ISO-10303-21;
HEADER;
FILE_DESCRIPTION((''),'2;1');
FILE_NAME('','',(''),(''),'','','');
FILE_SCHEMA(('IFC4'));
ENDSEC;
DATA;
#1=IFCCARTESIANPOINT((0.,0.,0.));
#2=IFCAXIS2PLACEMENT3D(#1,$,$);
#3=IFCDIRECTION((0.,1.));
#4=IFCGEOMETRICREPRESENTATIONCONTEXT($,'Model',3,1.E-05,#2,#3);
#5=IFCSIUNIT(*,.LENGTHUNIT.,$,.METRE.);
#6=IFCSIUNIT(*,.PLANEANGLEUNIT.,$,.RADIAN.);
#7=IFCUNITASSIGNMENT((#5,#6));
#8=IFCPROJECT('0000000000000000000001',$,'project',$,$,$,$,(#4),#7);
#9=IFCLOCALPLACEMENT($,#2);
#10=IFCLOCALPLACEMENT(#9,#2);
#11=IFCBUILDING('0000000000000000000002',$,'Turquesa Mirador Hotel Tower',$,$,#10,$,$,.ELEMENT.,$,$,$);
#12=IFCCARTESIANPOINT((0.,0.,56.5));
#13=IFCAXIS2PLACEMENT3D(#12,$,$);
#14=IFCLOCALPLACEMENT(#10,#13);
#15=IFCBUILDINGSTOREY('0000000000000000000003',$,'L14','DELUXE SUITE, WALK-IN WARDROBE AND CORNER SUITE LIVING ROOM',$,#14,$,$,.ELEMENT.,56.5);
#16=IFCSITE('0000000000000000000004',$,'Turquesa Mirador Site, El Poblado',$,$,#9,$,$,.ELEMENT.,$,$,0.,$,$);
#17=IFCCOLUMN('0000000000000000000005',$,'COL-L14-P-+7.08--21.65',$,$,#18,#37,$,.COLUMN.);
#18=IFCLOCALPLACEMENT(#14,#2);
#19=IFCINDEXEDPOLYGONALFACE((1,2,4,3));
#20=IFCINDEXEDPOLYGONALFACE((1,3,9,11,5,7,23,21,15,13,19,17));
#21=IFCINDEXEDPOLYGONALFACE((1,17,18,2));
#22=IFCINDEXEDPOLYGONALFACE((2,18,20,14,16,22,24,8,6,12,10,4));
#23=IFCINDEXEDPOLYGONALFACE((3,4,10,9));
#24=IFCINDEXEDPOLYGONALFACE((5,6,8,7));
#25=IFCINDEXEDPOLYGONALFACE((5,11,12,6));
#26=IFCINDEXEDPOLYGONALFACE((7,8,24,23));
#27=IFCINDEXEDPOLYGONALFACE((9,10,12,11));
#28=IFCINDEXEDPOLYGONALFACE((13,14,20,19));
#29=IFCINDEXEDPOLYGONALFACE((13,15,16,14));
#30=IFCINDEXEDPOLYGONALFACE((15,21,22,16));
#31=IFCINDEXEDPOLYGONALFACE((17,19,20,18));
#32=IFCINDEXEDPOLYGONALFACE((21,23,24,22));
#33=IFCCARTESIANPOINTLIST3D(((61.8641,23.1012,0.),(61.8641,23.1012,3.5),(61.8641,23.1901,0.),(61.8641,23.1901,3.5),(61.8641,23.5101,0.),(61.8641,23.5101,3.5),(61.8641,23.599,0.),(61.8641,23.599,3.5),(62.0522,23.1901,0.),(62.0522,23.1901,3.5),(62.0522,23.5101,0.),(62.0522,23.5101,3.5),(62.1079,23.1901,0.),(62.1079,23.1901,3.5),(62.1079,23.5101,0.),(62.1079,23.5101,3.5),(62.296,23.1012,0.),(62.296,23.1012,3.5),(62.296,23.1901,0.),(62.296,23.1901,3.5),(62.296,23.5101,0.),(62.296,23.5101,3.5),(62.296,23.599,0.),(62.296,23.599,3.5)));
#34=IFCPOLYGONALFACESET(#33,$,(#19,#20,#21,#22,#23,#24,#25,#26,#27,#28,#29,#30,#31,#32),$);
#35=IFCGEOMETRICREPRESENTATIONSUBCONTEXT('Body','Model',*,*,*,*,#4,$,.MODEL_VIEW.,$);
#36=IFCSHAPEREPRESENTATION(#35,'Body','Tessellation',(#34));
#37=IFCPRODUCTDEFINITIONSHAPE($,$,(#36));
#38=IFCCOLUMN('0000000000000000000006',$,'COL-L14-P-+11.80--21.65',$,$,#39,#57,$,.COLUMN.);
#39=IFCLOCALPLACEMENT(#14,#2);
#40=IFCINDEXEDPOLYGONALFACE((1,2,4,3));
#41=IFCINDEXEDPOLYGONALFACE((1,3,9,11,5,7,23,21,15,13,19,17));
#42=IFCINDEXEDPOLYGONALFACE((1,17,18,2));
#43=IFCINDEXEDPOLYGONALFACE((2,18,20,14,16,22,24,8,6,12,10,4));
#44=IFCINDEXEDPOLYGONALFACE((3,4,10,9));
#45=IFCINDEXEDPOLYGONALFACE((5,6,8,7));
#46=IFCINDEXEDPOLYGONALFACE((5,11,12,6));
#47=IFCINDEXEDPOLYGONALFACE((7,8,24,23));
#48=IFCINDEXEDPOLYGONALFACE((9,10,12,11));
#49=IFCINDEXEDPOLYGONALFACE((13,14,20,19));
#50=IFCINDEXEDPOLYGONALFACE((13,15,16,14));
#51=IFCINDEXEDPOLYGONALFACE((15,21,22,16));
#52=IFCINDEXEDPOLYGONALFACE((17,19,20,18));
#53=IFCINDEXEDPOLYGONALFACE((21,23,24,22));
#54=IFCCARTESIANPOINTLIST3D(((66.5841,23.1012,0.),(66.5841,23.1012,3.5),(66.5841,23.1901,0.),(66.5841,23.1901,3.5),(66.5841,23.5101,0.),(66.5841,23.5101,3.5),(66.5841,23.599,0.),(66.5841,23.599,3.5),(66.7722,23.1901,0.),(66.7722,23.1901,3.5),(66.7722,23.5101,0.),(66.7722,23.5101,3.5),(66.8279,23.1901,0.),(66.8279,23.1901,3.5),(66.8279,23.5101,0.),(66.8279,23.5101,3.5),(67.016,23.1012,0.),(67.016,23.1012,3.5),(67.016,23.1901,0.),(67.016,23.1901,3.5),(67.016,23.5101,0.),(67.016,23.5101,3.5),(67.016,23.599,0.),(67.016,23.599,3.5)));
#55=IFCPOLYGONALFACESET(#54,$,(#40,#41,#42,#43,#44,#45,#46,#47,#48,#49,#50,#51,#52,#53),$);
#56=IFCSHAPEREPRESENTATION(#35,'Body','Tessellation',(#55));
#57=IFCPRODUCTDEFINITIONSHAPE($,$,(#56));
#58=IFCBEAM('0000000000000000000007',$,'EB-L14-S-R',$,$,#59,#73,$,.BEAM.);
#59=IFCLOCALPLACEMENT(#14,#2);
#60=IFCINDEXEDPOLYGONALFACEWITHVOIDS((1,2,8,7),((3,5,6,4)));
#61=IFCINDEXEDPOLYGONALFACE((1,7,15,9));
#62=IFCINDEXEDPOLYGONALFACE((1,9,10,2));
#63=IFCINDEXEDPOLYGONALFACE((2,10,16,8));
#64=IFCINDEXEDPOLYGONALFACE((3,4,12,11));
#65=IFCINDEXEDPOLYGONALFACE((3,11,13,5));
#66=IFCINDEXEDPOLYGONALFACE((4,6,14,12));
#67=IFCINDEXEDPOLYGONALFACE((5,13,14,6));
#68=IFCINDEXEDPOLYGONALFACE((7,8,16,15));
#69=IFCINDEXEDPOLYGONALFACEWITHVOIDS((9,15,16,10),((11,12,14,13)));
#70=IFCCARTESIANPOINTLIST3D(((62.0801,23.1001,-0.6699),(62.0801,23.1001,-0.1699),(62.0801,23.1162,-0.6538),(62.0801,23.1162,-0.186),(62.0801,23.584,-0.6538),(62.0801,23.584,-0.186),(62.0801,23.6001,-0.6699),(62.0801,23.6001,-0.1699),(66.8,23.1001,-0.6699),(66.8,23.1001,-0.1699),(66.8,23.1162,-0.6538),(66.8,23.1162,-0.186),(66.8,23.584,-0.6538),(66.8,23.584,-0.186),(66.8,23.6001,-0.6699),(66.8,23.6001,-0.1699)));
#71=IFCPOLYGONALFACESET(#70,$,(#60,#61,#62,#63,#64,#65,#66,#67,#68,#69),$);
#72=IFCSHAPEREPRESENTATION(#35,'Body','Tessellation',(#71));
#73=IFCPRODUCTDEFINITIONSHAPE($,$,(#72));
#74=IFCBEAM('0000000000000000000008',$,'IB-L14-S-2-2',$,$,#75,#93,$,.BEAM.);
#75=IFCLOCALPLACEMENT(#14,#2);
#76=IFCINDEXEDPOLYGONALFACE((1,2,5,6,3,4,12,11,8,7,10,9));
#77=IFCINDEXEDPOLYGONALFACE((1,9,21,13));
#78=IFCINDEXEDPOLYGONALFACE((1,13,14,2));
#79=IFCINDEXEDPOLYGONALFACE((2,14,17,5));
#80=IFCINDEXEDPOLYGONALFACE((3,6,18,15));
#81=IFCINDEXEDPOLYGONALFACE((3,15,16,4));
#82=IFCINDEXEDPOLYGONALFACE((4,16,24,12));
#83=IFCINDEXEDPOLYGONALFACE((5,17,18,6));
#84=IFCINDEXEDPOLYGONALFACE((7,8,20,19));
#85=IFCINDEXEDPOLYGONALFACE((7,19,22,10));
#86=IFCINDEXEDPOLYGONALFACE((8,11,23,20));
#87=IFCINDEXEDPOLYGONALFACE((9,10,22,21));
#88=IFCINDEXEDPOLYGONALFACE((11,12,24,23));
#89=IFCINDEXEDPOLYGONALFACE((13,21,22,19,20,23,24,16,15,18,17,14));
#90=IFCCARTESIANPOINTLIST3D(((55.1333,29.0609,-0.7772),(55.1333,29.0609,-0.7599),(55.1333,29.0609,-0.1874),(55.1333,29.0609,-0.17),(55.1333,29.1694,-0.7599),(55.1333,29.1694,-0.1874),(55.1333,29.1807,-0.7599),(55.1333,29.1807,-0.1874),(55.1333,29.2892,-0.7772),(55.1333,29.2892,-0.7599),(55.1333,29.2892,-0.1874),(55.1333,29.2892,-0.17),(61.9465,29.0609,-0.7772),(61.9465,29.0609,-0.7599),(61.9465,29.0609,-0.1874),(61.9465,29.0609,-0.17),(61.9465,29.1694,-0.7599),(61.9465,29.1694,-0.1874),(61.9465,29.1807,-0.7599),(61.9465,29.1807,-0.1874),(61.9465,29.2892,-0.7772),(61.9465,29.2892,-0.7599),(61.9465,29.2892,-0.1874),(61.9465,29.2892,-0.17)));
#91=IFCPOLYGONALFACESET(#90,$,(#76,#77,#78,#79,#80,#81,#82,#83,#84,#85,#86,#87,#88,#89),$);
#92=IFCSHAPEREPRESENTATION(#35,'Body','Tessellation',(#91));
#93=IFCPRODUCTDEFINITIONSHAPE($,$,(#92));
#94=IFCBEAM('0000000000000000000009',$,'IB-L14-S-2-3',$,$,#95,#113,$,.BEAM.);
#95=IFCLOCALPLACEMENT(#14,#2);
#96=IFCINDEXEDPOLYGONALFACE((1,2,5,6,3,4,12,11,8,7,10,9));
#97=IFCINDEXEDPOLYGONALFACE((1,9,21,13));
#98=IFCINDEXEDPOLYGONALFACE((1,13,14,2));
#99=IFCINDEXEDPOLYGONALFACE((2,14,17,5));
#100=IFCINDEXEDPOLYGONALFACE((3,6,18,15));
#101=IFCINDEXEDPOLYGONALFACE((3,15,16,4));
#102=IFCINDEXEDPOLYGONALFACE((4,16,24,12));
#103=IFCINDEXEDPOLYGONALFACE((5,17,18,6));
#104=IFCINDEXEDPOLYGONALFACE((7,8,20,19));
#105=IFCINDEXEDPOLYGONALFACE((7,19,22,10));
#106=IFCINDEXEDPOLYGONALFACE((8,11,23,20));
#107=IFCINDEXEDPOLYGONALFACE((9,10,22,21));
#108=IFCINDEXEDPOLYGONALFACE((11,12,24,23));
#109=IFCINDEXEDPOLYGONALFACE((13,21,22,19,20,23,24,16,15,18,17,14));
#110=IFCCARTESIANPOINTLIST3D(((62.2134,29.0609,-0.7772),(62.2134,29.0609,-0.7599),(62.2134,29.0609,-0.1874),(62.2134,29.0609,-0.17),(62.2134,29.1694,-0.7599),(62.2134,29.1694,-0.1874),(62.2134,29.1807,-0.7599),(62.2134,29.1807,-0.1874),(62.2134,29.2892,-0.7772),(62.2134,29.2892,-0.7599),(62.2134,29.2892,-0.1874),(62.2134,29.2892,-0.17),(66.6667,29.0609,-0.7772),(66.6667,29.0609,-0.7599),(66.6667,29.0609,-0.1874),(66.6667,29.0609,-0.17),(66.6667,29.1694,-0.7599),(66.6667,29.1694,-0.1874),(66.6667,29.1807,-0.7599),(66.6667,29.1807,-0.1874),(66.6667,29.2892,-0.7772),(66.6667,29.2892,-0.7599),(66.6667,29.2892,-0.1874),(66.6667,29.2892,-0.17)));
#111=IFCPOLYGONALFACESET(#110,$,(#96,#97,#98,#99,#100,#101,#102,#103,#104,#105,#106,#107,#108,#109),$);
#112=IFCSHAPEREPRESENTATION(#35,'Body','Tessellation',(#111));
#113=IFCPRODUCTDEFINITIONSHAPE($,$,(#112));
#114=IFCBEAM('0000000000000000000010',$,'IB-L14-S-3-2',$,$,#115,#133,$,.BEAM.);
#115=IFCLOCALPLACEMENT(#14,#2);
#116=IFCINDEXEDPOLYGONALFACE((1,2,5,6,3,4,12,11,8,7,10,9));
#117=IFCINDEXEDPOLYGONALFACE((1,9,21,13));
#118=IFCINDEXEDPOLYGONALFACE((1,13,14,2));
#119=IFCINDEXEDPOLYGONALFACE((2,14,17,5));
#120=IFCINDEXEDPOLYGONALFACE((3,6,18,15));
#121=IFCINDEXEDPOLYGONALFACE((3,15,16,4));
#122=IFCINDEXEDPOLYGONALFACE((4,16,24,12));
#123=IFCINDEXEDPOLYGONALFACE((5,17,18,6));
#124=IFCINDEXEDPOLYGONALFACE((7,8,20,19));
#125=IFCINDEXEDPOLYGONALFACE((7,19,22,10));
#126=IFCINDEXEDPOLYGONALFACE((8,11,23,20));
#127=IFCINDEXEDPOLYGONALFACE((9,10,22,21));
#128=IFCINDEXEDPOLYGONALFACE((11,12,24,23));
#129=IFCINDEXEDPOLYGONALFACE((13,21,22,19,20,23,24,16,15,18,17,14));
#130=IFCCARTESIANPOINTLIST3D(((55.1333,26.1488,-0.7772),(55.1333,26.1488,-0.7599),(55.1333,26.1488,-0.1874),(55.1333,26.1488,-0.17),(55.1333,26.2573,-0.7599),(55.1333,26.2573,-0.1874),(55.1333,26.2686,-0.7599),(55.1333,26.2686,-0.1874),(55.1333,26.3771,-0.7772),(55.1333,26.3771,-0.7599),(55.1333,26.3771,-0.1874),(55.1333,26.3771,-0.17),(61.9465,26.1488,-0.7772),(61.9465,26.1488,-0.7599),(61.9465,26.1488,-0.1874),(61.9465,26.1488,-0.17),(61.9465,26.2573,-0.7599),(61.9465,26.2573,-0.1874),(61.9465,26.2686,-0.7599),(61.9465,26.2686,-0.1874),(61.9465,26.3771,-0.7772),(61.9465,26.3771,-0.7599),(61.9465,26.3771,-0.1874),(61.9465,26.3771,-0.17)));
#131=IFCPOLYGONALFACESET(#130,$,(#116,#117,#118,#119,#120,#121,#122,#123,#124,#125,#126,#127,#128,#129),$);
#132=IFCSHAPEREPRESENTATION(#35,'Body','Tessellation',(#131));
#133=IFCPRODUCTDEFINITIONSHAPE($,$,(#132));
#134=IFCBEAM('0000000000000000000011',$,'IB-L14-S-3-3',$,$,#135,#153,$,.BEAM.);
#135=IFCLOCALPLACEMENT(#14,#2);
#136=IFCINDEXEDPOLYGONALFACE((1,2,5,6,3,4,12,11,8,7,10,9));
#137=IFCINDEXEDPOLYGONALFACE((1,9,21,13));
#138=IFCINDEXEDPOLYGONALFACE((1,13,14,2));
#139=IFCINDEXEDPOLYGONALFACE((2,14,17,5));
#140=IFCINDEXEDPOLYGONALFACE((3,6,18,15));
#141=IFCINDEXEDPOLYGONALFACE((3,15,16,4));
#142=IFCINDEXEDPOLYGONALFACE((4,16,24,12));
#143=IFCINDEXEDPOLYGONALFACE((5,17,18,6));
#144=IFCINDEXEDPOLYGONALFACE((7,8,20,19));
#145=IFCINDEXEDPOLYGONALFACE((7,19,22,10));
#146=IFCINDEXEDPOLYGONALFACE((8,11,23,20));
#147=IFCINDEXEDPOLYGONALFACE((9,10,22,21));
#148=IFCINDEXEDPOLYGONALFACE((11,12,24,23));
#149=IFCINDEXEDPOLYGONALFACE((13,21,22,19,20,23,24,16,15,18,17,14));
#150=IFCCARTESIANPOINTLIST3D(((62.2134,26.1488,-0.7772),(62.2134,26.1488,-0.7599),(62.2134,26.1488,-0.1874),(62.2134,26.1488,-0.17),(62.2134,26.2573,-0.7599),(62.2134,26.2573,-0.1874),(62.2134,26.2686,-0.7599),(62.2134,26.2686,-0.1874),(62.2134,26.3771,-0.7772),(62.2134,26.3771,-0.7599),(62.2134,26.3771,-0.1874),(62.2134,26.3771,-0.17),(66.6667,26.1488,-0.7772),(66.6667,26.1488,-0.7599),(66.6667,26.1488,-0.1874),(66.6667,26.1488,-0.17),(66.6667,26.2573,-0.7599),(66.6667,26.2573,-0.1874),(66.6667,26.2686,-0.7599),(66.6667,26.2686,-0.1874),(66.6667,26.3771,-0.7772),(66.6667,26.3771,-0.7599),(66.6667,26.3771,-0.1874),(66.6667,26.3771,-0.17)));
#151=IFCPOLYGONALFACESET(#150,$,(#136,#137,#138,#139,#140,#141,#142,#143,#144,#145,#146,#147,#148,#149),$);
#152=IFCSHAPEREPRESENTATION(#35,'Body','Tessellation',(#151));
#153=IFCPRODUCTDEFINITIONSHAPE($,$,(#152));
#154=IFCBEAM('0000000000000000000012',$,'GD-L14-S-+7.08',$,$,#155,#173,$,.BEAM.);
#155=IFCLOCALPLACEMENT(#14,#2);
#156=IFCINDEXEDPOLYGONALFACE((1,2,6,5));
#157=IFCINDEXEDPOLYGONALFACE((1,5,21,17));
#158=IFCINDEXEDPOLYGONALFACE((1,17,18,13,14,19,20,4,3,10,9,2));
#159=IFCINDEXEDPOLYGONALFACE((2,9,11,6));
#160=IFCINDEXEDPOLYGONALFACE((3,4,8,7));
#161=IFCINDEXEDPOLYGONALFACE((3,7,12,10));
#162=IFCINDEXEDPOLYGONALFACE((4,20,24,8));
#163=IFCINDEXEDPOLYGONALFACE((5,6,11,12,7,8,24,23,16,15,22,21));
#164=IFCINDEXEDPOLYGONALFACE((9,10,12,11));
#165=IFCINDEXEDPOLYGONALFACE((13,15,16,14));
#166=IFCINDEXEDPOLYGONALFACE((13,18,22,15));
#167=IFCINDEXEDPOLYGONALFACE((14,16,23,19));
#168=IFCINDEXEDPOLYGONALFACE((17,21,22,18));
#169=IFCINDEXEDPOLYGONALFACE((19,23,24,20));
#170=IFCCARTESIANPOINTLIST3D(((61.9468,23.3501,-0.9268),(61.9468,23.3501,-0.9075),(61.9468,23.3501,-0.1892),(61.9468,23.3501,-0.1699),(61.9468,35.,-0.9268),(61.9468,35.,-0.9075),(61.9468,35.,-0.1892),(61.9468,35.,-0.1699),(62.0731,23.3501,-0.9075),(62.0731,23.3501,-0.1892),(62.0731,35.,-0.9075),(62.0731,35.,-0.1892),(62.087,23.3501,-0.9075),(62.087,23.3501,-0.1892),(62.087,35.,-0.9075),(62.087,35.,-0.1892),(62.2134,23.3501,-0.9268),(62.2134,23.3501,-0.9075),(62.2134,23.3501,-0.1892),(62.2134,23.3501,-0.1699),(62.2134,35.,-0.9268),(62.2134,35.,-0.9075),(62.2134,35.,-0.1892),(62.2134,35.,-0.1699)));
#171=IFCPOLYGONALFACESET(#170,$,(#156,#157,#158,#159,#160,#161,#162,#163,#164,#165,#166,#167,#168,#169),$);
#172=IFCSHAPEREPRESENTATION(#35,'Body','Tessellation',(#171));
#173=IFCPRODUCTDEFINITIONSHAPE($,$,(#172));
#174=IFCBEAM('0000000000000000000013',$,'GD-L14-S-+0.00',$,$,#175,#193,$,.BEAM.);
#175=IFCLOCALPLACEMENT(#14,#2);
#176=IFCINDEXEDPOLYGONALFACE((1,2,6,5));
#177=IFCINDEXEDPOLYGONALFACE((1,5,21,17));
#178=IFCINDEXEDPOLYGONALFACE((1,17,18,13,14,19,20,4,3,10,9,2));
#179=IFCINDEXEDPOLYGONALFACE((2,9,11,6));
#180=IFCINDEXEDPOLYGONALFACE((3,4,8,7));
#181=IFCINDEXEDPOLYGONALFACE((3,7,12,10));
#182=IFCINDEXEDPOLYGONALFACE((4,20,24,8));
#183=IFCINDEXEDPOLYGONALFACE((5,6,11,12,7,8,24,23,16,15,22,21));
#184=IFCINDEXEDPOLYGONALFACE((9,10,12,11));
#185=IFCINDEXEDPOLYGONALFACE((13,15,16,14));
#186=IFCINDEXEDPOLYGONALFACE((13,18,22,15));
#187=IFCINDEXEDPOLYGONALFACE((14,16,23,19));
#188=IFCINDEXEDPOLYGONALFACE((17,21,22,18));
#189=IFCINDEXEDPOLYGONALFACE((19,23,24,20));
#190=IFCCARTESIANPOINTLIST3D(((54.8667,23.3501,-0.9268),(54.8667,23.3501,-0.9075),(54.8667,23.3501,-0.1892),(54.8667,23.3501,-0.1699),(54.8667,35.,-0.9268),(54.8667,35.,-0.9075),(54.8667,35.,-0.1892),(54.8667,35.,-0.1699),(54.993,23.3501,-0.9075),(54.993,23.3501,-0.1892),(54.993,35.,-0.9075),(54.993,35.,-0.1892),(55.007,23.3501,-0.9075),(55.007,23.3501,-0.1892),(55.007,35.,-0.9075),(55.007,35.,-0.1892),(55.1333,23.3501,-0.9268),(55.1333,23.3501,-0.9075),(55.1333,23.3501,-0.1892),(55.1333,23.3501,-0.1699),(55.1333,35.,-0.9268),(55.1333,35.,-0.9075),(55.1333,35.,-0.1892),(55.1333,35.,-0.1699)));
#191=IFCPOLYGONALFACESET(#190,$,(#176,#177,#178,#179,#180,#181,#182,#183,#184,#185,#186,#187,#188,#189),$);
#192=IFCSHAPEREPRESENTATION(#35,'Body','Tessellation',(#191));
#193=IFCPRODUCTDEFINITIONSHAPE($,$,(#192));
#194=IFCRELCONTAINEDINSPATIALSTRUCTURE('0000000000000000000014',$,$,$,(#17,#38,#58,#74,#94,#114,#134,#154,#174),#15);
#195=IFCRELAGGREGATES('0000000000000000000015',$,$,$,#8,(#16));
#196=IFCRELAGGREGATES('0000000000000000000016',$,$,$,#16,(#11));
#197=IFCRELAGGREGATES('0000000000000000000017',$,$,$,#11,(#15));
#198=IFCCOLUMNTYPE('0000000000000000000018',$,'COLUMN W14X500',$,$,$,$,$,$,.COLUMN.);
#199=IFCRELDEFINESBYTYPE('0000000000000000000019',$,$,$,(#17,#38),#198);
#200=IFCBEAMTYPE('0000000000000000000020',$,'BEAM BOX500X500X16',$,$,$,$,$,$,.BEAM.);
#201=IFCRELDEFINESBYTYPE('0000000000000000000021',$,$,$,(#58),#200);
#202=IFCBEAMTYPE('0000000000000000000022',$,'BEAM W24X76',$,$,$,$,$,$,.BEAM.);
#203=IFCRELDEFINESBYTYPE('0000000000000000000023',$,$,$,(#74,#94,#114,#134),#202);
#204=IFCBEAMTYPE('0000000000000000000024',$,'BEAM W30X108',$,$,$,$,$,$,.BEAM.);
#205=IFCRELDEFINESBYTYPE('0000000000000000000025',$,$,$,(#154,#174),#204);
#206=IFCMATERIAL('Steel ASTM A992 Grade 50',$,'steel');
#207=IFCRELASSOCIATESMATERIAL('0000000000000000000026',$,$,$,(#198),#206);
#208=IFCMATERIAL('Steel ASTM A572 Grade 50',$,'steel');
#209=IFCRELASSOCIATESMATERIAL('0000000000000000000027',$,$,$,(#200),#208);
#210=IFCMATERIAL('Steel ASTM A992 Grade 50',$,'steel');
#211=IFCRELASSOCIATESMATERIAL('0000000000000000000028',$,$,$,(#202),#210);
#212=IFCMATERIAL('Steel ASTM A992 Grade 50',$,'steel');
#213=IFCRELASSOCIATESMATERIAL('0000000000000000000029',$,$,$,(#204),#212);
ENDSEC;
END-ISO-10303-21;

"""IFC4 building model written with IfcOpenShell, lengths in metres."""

from ifc_helpers import new_model, si_unit, direction, frame, origin, origin_2d, place, context, subcontext, project, spatial, hollow_rectangle, i_section, extrude, material, material_profile, profile_set, type_object, element, save


model = new_model("IFC4")

# Units and contexts
model_context = context("Model", 3, precision=1e-05, world=origin(), true_north=direction((0.0, 1.0)))
body_context = subcontext(model_context, "Body", "Model", "MODEL_VIEW")
ifc_project = project(units=[si_unit("LENGTHUNIT", "METRE"), si_unit("PLANEANGLEUNIT", "RADIAN")], contexts=[model_context])

# Site, building, storey
site_placement = place(None, origin())
site = spatial("IfcSite", under=ifc_project, at=site_placement, Name="Turquesa Mirador Site, El Poblado", CompositionType="ELEMENT", RefElevation=0.0)
building_placement = place(site_placement, origin())
building = spatial("IfcBuilding", under=site, at=building_placement, Name="Turquesa Mirador Hotel Tower", CompositionType="ELEMENT")
storey_placement = place(building_placement, frame((0.0, 0.0, 56.5)))
storey = spatial("IfcBuildingStorey", under=building, at=storey_placement, Name="L14", Description="DELUXE SUITE, WALK-IN WARDROBE AND CORNER SUITE LIVING ROOM", CompositionType="ELEMENT", Elevation=56.5)

# Columns
ifc_material_1 = material(Name="Steel ASTM A992 Grade 50", Category="steel")
ifc_material_profile_1 = material_profile(ifc_material_1, i_section(OverallWidth=0.4319, OverallDepth=0.4978, WebThickness=0.0557, FlangeThickness=0.0889, at=origin_2d()), Name="W14X500")
ifc_profile_set_1 = profile_set([ifc_material_profile_1], Name="Steel ASTM A992 Grade 50")
column_type = type_object("IfcColumnType", Name="COLUMN W14X500", PredefinedType="COLUMN", material=ifc_profile_set_1)
for number, where, z_axis, x_axis, name in (
    (1, (62.0801, 23.3501, 0.0), (0.0, 0.0, 1.0), (1.0, 0.0, 0.0), "COL-L14-P-+7.08--21.65"),
    (2, (66.8, 23.3501, 0.0), (0.0, 0.0, 1.0), (1.0, 0.0, 0.0), "COL-L14-P-+11.80--21.65"),
):
    element("IfcColumn", number, at=place(storey_placement, frame(where, z_axis=z_axis, x_axis=x_axis)), inside=storey, type_object=column_type, Name=name, PredefinedType="COLUMN", context=body_context, shape_type="SweptSolid", body=[
        extrude(i_section(OverallWidth=0.4319, OverallDepth=0.4978, WebThickness=0.0557, FlangeThickness=0.0889, at=origin_2d()), origin(), (0.0, 0.0, 1.0), 3.5),
    ])

# Beams
ifc_material_2 = material(Name="Steel ASTM A572 Grade 50", Category="steel")
ifc_material_profile_2 = material_profile(ifc_material_2, hollow_rectangle(XDim=0.5, YDim=0.5, WallThickness=0.0161, at=origin_2d()), Name="BOX500X500X16")
ifc_profile_set_2 = profile_set([ifc_material_profile_2], Name="Steel ASTM A572 Grade 50")
beam_type_1 = type_object("IfcBeamType", Name="BEAM BOX500X500X16", PredefinedType="BEAM", material=ifc_profile_set_2)
beam_1_placement = place(storey_placement, frame((62.0801, 23.3501, -0.4199), z_axis=(1.0, 0.0, 0.0), x_axis=(0.0, 1.0, 0.0)))
element("IfcBeam", 3, at=beam_1_placement, inside=storey, type_object=beam_type_1, Name="EB-L14-S-R", PredefinedType="BEAM", context=body_context, shape_type="SweptSolid", body=[
    extrude(hollow_rectangle(XDim=0.5, YDim=0.5, WallThickness=0.0161, at=origin_2d()), origin(), (0.0, 0.0, 1.0), 4.72),
])
ifc_material_3 = material(Name="Steel ASTM A992 Grade 50", Category="steel")
ifc_material_profile_3 = material_profile(ifc_material_3, i_section(OverallWidth=0.2283, OverallDepth=0.6072, WebThickness=0.0112, FlangeThickness=0.0173, at=origin_2d()), Name="W24X76")
ifc_profile_set_3 = profile_set([ifc_material_profile_3], Name="Steel ASTM A992 Grade 50")
beam_type_2 = type_object("IfcBeamType", Name="BEAM W24X76", PredefinedType="BEAM", material=ifc_profile_set_3)
beam_2_placement = place(storey_placement, frame((55.1333, 29.175, -0.4736), z_axis=(1.0, 0.0, 0.0), x_axis=(0.0, 1.0, 0.0)))
element("IfcBeam", 4, at=beam_2_placement, inside=storey, type_object=beam_type_2, Name="IB-L14-S-2-2", PredefinedType="BEAM", context=body_context, shape_type="SweptSolid", body=[
    extrude(i_section(OverallWidth=0.2283, OverallDepth=0.6072, WebThickness=0.0112, FlangeThickness=0.0173, at=origin_2d()), origin(), (0.0, 0.0, 1.0), 6.8132),
])
beam_3_placement = place(storey_placement, frame((62.2134, 29.175, -0.4736), z_axis=(1.0, 0.0, 0.0), x_axis=(0.0, 1.0, 0.0)))
element("IfcBeam", 5, at=beam_3_placement, inside=storey, type_object=beam_type_2, Name="IB-L14-S-2-3", PredefinedType="BEAM", context=body_context, shape_type="SweptSolid", body=[
    extrude(i_section(OverallWidth=0.2283, OverallDepth=0.6072, WebThickness=0.0112, FlangeThickness=0.0173, at=origin_2d()), origin(), (0.0, 0.0, 1.0), 4.4534),
])
beam_4_placement = place(storey_placement, frame((55.1333, 26.2629, -0.4736), z_axis=(1.0, 0.0, 0.0), x_axis=(0.0, 1.0, 0.0)))
element("IfcBeam", 6, at=beam_4_placement, inside=storey, type_object=beam_type_2, Name="IB-L14-S-3-2", PredefinedType="BEAM", context=body_context, shape_type="SweptSolid", body=[
    extrude(i_section(OverallWidth=0.2283, OverallDepth=0.6072, WebThickness=0.0112, FlangeThickness=0.0173, at=origin_2d()), origin(), (0.0, 0.0, 1.0), 6.8132),
])
beam_5_placement = place(storey_placement, frame((62.2134, 26.2629, -0.4736), z_axis=(1.0, 0.0, 0.0), x_axis=(0.0, 1.0, 0.0)))
element("IfcBeam", 7, at=beam_5_placement, inside=storey, type_object=beam_type_2, Name="IB-L14-S-3-3", PredefinedType="BEAM", context=body_context, shape_type="SweptSolid", body=[
    extrude(i_section(OverallWidth=0.2283, OverallDepth=0.6072, WebThickness=0.0112, FlangeThickness=0.0173, at=origin_2d()), origin(), (0.0, 0.0, 1.0), 4.4534),
])
ifc_material_4 = material(Name="Steel ASTM A992 Grade 50", Category="steel")
ifc_material_profile_4 = material_profile(ifc_material_4, i_section(OverallWidth=0.2666, OverallDepth=0.7568, WebThickness=0.0139, FlangeThickness=0.0193, at=origin_2d()), Name="W30X108")
ifc_profile_set_4 = profile_set([ifc_material_profile_4], Name="Steel ASTM A992 Grade 50")
beam_type_3 = type_object("IfcBeamType", Name="BEAM W30X108", PredefinedType="BEAM", material=ifc_profile_set_4)
for number, where, z_axis, x_axis, name in (
    (8, (62.0801, 23.3501, -0.5483), (0.0, 1.0, 0.0), (-1.0, 0.0, 0.0), "GD-L14-S-+7.08"),
    (9, (55.0, 23.3501, -0.5483), (0.0, 1.0, 0.0), (-1.0, 0.0, 0.0), "GD-L14-S-+0.00"),
):
    element("IfcBeam", number, at=place(storey_placement, frame(where, z_axis=z_axis, x_axis=x_axis)), inside=storey, type_object=beam_type_3, Name=name, PredefinedType="BEAM", context=body_context, shape_type="SweptSolid", body=[
        extrude(i_section(OverallWidth=0.2666, OverallDepth=0.7568, WebThickness=0.0139, FlangeThickness=0.0193, at=origin_2d()), origin(), (0.0, 0.0, 1.0), 11.6499),
    ])

save(model, "model.ifc")
